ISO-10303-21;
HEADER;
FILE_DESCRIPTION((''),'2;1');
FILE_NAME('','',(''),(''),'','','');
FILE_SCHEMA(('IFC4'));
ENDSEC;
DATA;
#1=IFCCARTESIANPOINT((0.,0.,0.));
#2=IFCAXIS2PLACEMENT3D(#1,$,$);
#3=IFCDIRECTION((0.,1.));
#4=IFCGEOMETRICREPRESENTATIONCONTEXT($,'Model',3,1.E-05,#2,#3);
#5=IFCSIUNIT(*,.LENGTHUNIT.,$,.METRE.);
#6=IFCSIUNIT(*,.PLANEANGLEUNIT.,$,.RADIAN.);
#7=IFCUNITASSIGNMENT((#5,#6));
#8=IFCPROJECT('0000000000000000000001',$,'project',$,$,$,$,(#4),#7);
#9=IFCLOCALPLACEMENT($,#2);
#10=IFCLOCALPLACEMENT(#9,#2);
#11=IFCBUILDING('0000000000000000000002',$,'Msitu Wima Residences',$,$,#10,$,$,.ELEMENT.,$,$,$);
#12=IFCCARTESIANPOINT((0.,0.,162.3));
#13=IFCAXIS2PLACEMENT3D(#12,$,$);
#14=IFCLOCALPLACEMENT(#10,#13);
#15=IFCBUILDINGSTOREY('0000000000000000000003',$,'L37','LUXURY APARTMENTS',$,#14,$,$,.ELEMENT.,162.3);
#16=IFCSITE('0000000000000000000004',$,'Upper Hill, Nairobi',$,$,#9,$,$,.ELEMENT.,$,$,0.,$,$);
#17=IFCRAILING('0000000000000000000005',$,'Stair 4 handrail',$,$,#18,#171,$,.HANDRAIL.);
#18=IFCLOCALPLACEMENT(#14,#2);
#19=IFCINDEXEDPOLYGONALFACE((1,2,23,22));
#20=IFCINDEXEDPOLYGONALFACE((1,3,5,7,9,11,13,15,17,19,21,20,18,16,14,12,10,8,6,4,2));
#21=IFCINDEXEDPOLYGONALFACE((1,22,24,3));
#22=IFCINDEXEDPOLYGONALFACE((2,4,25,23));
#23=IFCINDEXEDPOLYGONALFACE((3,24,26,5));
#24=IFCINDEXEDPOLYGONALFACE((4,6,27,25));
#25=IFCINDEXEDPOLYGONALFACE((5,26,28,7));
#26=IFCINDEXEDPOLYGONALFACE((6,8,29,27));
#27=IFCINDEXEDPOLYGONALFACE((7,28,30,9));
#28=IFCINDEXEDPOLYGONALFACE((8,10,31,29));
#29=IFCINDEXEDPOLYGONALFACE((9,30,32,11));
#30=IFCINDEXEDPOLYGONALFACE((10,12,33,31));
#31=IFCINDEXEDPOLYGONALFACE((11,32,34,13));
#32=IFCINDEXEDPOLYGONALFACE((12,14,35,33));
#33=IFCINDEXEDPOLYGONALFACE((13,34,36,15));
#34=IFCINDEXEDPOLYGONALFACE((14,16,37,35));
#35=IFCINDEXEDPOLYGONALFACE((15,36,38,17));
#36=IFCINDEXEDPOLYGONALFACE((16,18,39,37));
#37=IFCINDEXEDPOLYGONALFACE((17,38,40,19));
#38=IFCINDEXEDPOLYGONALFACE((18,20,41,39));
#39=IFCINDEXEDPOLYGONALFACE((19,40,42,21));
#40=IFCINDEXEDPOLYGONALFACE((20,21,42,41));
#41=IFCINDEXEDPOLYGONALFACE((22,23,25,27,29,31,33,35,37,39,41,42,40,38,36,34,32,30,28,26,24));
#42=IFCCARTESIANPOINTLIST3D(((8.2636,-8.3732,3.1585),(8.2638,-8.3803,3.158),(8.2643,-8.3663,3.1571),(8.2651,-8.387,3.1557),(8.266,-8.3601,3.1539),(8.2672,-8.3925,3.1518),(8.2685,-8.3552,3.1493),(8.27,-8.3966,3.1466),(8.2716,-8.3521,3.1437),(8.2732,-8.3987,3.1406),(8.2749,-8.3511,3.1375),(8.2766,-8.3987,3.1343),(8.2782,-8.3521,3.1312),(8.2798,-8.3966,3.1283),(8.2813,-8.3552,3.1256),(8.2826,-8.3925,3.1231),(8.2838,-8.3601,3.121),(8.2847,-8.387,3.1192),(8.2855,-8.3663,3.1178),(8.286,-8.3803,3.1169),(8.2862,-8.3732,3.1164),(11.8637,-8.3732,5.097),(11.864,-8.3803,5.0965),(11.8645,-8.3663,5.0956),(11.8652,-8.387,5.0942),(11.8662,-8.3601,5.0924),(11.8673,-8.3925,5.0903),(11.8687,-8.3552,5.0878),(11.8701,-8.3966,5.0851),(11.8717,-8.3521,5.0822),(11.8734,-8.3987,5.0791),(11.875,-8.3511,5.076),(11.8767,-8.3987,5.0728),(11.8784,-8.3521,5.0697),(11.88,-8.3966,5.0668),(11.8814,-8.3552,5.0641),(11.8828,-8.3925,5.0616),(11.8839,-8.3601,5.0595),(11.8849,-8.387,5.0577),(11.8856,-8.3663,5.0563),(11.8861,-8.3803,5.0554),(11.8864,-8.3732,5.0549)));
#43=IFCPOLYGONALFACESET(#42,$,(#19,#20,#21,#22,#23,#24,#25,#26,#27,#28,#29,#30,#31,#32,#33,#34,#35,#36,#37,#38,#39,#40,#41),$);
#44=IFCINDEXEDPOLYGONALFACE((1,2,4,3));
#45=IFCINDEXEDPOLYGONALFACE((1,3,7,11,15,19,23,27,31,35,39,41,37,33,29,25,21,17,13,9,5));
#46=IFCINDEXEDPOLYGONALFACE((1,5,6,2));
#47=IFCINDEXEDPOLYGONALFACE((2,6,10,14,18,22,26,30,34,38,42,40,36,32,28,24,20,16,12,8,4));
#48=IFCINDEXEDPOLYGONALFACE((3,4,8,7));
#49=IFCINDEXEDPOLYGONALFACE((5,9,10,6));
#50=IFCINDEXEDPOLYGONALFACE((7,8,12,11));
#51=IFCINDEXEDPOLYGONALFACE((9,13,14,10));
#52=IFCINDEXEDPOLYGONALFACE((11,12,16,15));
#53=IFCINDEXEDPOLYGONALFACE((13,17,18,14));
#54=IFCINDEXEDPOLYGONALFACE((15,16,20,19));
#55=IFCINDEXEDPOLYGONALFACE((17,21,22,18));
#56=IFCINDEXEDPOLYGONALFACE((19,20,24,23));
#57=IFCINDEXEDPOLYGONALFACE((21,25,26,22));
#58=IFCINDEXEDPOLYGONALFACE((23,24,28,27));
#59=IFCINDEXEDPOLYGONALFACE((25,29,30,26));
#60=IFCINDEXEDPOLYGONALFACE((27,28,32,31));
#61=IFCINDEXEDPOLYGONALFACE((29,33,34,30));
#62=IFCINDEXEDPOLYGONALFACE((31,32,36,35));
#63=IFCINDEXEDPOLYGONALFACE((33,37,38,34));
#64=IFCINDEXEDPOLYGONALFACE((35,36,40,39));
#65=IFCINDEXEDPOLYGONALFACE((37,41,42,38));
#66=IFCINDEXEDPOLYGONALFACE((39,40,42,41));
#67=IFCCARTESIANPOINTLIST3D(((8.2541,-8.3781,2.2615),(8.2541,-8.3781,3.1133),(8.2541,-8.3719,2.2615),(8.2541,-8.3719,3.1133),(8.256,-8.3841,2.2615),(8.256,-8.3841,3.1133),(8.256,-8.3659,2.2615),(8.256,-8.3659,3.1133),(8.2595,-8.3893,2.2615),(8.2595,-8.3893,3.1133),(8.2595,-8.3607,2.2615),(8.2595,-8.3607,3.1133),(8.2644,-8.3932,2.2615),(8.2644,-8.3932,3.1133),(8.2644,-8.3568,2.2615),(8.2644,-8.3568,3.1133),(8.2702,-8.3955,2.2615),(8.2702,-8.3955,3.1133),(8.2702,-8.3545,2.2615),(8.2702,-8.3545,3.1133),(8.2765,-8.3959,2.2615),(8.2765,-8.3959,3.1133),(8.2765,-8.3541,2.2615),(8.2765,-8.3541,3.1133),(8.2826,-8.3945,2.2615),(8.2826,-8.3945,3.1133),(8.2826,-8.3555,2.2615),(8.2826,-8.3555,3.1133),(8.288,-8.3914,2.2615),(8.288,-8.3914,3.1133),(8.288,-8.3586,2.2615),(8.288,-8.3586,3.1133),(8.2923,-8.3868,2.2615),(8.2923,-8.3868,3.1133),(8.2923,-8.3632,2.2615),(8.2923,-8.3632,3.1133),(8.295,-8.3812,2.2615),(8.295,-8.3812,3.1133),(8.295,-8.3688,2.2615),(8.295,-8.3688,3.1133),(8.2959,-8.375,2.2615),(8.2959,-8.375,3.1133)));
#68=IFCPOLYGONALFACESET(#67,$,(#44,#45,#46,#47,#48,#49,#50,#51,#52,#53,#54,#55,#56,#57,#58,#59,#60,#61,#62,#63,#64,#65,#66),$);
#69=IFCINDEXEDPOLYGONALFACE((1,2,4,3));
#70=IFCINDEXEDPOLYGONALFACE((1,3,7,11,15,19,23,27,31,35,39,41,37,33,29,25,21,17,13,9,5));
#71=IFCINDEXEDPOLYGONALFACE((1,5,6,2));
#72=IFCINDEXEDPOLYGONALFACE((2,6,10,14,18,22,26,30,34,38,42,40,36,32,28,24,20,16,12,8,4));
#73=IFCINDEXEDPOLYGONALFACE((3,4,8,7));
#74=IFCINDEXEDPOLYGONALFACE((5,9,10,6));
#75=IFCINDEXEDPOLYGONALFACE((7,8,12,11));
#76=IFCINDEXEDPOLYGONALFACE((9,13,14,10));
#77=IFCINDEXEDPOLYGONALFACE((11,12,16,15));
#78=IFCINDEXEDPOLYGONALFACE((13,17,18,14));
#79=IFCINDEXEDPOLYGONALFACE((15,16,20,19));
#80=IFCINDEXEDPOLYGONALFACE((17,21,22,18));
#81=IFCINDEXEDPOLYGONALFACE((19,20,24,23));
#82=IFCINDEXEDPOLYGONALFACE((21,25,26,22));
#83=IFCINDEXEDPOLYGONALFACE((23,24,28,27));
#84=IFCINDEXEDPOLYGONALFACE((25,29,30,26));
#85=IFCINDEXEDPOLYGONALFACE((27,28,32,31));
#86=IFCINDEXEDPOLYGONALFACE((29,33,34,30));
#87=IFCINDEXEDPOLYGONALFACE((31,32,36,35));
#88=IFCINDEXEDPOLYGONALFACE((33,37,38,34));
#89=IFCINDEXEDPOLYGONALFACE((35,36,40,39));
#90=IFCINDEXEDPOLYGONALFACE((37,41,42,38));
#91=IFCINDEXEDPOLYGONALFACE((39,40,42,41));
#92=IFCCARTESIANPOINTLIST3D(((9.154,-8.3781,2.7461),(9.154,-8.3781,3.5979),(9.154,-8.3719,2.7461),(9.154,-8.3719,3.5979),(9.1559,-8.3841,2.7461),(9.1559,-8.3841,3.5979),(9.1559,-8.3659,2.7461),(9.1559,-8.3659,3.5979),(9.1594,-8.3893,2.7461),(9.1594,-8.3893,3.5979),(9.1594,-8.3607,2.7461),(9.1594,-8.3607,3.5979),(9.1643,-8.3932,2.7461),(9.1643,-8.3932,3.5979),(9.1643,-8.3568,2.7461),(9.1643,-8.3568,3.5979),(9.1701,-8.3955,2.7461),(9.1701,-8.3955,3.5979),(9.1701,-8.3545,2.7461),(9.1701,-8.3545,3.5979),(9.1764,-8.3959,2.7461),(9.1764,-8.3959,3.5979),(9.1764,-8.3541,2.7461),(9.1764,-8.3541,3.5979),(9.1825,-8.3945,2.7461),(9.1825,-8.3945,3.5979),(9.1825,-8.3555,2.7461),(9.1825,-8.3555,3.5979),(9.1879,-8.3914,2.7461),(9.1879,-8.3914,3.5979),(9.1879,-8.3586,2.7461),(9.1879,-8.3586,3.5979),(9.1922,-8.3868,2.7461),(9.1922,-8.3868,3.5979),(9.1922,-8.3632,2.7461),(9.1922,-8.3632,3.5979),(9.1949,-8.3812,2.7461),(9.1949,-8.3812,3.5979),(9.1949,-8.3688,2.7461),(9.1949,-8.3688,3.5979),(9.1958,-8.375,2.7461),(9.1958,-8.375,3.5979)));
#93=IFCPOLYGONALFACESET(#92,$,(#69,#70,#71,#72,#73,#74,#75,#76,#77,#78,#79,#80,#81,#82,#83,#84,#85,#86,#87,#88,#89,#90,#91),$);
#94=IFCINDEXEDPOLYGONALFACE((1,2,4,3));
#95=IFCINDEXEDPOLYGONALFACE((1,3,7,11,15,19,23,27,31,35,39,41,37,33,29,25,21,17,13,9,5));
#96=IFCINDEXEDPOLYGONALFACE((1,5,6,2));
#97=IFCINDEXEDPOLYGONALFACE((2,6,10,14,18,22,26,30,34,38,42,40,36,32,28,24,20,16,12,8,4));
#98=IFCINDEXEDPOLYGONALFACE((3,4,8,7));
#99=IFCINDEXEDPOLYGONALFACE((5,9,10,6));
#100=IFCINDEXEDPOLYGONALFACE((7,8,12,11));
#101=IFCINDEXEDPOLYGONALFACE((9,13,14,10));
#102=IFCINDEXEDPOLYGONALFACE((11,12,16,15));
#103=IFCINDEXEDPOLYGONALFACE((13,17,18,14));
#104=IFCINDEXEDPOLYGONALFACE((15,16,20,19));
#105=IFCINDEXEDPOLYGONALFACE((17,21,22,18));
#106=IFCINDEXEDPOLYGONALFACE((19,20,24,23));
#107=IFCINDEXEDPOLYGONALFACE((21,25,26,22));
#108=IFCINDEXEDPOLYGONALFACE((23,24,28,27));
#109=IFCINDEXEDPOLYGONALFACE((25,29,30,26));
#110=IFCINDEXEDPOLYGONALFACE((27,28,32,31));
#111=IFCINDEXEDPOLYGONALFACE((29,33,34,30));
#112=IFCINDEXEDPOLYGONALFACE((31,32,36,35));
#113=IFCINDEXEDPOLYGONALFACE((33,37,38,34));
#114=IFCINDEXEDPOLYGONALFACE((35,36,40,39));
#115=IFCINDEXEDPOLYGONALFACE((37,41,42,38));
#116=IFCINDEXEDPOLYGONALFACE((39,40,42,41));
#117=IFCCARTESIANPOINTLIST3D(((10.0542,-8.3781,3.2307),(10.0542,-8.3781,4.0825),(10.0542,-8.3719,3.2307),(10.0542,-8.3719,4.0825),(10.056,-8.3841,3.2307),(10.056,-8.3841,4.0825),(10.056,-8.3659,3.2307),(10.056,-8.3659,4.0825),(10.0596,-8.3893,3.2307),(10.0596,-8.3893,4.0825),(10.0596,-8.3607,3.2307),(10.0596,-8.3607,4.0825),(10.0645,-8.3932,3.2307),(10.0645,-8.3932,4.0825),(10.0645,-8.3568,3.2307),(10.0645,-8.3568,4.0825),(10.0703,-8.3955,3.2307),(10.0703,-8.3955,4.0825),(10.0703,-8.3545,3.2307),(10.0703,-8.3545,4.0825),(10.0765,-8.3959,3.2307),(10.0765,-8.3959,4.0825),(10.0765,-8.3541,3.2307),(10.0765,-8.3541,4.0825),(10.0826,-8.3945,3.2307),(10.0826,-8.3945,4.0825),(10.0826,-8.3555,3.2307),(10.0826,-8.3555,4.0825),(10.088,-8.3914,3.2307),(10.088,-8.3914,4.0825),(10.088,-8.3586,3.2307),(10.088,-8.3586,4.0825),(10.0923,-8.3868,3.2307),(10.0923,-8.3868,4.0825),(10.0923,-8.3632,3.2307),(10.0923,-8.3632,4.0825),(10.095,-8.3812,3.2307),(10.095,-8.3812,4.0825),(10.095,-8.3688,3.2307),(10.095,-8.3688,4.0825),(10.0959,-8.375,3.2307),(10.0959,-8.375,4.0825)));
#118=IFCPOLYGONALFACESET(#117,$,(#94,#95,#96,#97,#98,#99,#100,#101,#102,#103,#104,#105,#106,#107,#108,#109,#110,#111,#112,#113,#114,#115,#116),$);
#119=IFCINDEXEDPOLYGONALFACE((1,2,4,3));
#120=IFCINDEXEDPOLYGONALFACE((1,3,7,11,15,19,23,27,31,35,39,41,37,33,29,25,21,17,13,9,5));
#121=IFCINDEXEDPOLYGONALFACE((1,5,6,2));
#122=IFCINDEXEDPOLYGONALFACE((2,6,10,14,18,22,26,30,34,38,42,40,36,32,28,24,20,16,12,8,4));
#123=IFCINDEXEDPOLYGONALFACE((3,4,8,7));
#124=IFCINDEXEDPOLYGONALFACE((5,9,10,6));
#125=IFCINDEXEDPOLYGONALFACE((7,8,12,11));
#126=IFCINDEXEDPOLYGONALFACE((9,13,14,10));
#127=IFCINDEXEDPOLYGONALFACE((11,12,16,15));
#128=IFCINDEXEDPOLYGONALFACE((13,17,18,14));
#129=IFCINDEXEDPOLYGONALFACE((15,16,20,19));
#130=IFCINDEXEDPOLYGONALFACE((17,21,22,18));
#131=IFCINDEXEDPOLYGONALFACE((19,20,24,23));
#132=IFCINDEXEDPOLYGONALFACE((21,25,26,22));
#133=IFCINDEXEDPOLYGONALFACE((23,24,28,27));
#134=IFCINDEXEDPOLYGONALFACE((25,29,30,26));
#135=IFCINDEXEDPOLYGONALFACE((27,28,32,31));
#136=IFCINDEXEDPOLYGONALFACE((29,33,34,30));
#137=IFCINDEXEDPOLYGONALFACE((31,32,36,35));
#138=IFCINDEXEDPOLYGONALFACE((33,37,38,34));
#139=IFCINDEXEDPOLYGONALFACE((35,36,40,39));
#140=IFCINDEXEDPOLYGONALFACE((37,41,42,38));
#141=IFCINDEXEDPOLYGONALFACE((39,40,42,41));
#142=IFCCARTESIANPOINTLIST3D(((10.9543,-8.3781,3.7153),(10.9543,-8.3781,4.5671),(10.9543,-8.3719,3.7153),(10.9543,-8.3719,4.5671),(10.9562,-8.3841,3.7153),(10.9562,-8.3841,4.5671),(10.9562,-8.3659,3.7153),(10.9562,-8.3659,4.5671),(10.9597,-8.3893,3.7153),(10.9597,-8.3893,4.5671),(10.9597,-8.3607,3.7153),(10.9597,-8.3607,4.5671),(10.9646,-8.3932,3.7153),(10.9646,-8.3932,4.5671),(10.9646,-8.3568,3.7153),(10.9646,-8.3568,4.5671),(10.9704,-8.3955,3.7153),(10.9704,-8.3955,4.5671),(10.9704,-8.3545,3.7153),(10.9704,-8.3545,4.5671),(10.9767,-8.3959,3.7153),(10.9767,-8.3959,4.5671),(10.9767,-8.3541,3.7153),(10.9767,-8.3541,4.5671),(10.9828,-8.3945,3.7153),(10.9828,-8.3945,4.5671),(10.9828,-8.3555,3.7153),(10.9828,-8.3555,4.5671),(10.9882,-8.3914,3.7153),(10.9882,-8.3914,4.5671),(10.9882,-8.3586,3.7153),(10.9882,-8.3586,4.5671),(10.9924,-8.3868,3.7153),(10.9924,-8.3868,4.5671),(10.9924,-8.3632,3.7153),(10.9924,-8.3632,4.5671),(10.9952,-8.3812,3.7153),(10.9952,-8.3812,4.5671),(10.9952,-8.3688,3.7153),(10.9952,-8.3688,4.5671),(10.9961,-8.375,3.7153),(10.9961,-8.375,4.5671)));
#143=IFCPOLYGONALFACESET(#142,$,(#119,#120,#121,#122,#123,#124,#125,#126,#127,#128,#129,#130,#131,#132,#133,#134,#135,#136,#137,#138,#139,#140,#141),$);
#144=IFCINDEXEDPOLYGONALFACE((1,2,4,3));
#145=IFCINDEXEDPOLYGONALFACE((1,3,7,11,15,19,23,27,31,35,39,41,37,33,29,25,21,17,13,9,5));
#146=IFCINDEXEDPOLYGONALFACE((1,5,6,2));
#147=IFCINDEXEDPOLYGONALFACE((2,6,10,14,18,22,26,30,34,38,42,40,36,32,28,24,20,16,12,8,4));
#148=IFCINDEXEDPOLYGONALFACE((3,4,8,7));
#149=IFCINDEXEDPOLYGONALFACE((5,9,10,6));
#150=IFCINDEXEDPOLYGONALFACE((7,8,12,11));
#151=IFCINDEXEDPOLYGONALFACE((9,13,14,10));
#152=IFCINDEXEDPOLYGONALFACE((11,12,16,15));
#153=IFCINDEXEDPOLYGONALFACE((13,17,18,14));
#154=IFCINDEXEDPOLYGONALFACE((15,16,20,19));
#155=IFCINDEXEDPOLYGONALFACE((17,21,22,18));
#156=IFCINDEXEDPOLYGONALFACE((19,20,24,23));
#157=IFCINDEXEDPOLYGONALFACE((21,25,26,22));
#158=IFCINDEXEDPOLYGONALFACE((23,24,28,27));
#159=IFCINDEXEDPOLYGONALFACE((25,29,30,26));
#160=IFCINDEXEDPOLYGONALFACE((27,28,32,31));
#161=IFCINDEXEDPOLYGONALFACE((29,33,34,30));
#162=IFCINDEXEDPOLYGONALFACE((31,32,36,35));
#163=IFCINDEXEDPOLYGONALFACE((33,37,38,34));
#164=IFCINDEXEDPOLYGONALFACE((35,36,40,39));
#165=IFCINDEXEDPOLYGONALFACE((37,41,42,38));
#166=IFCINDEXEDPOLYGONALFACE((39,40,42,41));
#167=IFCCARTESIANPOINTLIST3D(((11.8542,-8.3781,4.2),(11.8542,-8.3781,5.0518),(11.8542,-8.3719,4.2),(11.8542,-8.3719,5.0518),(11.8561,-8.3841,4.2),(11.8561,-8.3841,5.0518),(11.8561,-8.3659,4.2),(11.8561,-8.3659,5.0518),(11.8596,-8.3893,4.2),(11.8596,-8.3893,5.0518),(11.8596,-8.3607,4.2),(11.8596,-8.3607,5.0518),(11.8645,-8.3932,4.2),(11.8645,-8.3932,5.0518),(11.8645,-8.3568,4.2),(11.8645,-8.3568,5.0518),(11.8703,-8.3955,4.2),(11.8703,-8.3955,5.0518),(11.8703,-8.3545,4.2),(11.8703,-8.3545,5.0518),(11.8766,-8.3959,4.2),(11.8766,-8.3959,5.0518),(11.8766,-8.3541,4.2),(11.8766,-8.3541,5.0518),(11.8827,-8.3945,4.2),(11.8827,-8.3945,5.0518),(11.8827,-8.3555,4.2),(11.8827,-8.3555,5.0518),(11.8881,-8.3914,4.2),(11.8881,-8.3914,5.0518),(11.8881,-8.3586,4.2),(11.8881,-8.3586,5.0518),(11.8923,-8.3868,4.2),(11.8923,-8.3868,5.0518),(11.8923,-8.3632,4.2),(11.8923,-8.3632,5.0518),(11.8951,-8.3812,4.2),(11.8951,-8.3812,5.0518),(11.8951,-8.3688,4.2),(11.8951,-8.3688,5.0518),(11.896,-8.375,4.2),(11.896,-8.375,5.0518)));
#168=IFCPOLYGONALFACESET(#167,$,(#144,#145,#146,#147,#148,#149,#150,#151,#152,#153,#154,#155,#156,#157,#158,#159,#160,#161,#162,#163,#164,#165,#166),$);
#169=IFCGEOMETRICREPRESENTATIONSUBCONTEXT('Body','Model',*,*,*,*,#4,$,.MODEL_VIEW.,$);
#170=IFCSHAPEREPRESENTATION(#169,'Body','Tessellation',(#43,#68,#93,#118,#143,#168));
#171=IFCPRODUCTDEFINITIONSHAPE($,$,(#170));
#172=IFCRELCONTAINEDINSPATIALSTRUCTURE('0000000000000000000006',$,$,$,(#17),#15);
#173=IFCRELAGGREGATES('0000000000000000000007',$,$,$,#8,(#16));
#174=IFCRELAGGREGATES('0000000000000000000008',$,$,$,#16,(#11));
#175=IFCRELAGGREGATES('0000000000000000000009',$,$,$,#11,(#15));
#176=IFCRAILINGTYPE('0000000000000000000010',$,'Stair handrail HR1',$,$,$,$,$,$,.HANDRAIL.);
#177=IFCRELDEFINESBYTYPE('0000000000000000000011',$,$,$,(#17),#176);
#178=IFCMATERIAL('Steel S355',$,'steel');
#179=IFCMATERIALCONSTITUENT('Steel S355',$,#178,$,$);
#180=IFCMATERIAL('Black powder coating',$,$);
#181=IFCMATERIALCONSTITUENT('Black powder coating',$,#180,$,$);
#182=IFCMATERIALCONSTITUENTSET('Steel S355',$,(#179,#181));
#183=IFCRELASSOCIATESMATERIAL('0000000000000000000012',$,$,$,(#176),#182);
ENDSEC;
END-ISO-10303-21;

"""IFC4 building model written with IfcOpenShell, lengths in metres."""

from ifc_helpers import new_model, si_unit, direction, frame, origin, origin_2d, place, context, subcontext, project, spatial, circle, extrude, material, constituent, constituent_set, type_object, element, save


model = new_model("IFC4")

# Units and contexts
model_context = context("Model", 3, precision=1e-05, world=origin(), true_north=direction((0.0, 1.0)))
body_context = subcontext(model_context, "Body", "Model", "MODEL_VIEW")
ifc_project = project(units=[si_unit("LENGTHUNIT", "METRE"), si_unit("PLANEANGLEUNIT", "RADIAN")], contexts=[model_context])

# Site, building, storey
site_placement = place(None, origin())
site = spatial("IfcSite", under=ifc_project, at=site_placement, Name="Upper Hill, Nairobi", CompositionType="ELEMENT", RefElevation=0.0)
building_placement = place(site_placement, origin())
building = spatial("IfcBuilding", under=site, at=building_placement, Name="Msitu Wima Residences", CompositionType="ELEMENT")
storey_placement = place(building_placement, frame((0.0, 0.0, 162.3)))
storey = spatial("IfcBuildingStorey", under=building, at=storey_placement, Name="L37", Description="LUXURY APARTMENTS", CompositionType="ELEMENT", Elevation=162.3)

# Railing
ifc_material_1 = material(Name="Steel S355", Category="steel")
ifc_constituent_1 = constituent(ifc_material_1, Name="Steel S355")
ifc_material_2 = material(Name="Black powder coating")
ifc_constituent_2 = constituent(ifc_material_2, Name="Black powder coating")
ifc_constituent_set = constituent_set(constituents=[ifc_constituent_1, ifc_constituent_2], Name="Steel S355")
railing_type = type_object("IfcRailingType", Name="Stair handrail HR1", PredefinedType="HANDRAIL", material=ifc_constituent_set)
for number, where, name in (
    (1, (8.2749, -8.375, 2.2615), "Stair 4 handrail"),
):
    element("IfcRailing", number, at=place(storey_placement, frame(where)), inside=storey, type_object=railing_type, Name=name, PredefinedType="HANDRAIL", context=body_context, shape_type="SweptSolid", body=[
        extrude(circle(Radius=0.0239, at=origin_2d()), frame((0.0, 0.0, 0.876), z_axis=(0.880475, 0.0, 0.474093), x_axis=(0.0, 1.0, 0.0)), (0.0, 0.0, 1.0), 4.0889),
        extrude(circle(Radius=0.021, at=origin_2d()), origin(), (0.0, 0.0, 1.0), 0.8518),
        extrude(circle(Radius=0.021, at=origin_2d()), frame((0.8999, 0.0, 0.4846)), (0.0, 0.0, 1.0), 0.8518),
        extrude(circle(Radius=0.021, at=origin_2d()), frame((1.8, 0.0, 0.9692)), (0.0, 0.0, 1.0), 0.8518),
        extrude(circle(Radius=0.021, at=origin_2d()), frame((2.7002, 0.0, 1.4539)), (0.0, 0.0, 1.0), 0.8518),
        extrude(circle(Radius=0.021, at=origin_2d()), frame((3.6001, 0.0, 1.9385)), (0.0, 0.0, 1.0), 0.8518),
    ])

save(model, "model.ifc")
